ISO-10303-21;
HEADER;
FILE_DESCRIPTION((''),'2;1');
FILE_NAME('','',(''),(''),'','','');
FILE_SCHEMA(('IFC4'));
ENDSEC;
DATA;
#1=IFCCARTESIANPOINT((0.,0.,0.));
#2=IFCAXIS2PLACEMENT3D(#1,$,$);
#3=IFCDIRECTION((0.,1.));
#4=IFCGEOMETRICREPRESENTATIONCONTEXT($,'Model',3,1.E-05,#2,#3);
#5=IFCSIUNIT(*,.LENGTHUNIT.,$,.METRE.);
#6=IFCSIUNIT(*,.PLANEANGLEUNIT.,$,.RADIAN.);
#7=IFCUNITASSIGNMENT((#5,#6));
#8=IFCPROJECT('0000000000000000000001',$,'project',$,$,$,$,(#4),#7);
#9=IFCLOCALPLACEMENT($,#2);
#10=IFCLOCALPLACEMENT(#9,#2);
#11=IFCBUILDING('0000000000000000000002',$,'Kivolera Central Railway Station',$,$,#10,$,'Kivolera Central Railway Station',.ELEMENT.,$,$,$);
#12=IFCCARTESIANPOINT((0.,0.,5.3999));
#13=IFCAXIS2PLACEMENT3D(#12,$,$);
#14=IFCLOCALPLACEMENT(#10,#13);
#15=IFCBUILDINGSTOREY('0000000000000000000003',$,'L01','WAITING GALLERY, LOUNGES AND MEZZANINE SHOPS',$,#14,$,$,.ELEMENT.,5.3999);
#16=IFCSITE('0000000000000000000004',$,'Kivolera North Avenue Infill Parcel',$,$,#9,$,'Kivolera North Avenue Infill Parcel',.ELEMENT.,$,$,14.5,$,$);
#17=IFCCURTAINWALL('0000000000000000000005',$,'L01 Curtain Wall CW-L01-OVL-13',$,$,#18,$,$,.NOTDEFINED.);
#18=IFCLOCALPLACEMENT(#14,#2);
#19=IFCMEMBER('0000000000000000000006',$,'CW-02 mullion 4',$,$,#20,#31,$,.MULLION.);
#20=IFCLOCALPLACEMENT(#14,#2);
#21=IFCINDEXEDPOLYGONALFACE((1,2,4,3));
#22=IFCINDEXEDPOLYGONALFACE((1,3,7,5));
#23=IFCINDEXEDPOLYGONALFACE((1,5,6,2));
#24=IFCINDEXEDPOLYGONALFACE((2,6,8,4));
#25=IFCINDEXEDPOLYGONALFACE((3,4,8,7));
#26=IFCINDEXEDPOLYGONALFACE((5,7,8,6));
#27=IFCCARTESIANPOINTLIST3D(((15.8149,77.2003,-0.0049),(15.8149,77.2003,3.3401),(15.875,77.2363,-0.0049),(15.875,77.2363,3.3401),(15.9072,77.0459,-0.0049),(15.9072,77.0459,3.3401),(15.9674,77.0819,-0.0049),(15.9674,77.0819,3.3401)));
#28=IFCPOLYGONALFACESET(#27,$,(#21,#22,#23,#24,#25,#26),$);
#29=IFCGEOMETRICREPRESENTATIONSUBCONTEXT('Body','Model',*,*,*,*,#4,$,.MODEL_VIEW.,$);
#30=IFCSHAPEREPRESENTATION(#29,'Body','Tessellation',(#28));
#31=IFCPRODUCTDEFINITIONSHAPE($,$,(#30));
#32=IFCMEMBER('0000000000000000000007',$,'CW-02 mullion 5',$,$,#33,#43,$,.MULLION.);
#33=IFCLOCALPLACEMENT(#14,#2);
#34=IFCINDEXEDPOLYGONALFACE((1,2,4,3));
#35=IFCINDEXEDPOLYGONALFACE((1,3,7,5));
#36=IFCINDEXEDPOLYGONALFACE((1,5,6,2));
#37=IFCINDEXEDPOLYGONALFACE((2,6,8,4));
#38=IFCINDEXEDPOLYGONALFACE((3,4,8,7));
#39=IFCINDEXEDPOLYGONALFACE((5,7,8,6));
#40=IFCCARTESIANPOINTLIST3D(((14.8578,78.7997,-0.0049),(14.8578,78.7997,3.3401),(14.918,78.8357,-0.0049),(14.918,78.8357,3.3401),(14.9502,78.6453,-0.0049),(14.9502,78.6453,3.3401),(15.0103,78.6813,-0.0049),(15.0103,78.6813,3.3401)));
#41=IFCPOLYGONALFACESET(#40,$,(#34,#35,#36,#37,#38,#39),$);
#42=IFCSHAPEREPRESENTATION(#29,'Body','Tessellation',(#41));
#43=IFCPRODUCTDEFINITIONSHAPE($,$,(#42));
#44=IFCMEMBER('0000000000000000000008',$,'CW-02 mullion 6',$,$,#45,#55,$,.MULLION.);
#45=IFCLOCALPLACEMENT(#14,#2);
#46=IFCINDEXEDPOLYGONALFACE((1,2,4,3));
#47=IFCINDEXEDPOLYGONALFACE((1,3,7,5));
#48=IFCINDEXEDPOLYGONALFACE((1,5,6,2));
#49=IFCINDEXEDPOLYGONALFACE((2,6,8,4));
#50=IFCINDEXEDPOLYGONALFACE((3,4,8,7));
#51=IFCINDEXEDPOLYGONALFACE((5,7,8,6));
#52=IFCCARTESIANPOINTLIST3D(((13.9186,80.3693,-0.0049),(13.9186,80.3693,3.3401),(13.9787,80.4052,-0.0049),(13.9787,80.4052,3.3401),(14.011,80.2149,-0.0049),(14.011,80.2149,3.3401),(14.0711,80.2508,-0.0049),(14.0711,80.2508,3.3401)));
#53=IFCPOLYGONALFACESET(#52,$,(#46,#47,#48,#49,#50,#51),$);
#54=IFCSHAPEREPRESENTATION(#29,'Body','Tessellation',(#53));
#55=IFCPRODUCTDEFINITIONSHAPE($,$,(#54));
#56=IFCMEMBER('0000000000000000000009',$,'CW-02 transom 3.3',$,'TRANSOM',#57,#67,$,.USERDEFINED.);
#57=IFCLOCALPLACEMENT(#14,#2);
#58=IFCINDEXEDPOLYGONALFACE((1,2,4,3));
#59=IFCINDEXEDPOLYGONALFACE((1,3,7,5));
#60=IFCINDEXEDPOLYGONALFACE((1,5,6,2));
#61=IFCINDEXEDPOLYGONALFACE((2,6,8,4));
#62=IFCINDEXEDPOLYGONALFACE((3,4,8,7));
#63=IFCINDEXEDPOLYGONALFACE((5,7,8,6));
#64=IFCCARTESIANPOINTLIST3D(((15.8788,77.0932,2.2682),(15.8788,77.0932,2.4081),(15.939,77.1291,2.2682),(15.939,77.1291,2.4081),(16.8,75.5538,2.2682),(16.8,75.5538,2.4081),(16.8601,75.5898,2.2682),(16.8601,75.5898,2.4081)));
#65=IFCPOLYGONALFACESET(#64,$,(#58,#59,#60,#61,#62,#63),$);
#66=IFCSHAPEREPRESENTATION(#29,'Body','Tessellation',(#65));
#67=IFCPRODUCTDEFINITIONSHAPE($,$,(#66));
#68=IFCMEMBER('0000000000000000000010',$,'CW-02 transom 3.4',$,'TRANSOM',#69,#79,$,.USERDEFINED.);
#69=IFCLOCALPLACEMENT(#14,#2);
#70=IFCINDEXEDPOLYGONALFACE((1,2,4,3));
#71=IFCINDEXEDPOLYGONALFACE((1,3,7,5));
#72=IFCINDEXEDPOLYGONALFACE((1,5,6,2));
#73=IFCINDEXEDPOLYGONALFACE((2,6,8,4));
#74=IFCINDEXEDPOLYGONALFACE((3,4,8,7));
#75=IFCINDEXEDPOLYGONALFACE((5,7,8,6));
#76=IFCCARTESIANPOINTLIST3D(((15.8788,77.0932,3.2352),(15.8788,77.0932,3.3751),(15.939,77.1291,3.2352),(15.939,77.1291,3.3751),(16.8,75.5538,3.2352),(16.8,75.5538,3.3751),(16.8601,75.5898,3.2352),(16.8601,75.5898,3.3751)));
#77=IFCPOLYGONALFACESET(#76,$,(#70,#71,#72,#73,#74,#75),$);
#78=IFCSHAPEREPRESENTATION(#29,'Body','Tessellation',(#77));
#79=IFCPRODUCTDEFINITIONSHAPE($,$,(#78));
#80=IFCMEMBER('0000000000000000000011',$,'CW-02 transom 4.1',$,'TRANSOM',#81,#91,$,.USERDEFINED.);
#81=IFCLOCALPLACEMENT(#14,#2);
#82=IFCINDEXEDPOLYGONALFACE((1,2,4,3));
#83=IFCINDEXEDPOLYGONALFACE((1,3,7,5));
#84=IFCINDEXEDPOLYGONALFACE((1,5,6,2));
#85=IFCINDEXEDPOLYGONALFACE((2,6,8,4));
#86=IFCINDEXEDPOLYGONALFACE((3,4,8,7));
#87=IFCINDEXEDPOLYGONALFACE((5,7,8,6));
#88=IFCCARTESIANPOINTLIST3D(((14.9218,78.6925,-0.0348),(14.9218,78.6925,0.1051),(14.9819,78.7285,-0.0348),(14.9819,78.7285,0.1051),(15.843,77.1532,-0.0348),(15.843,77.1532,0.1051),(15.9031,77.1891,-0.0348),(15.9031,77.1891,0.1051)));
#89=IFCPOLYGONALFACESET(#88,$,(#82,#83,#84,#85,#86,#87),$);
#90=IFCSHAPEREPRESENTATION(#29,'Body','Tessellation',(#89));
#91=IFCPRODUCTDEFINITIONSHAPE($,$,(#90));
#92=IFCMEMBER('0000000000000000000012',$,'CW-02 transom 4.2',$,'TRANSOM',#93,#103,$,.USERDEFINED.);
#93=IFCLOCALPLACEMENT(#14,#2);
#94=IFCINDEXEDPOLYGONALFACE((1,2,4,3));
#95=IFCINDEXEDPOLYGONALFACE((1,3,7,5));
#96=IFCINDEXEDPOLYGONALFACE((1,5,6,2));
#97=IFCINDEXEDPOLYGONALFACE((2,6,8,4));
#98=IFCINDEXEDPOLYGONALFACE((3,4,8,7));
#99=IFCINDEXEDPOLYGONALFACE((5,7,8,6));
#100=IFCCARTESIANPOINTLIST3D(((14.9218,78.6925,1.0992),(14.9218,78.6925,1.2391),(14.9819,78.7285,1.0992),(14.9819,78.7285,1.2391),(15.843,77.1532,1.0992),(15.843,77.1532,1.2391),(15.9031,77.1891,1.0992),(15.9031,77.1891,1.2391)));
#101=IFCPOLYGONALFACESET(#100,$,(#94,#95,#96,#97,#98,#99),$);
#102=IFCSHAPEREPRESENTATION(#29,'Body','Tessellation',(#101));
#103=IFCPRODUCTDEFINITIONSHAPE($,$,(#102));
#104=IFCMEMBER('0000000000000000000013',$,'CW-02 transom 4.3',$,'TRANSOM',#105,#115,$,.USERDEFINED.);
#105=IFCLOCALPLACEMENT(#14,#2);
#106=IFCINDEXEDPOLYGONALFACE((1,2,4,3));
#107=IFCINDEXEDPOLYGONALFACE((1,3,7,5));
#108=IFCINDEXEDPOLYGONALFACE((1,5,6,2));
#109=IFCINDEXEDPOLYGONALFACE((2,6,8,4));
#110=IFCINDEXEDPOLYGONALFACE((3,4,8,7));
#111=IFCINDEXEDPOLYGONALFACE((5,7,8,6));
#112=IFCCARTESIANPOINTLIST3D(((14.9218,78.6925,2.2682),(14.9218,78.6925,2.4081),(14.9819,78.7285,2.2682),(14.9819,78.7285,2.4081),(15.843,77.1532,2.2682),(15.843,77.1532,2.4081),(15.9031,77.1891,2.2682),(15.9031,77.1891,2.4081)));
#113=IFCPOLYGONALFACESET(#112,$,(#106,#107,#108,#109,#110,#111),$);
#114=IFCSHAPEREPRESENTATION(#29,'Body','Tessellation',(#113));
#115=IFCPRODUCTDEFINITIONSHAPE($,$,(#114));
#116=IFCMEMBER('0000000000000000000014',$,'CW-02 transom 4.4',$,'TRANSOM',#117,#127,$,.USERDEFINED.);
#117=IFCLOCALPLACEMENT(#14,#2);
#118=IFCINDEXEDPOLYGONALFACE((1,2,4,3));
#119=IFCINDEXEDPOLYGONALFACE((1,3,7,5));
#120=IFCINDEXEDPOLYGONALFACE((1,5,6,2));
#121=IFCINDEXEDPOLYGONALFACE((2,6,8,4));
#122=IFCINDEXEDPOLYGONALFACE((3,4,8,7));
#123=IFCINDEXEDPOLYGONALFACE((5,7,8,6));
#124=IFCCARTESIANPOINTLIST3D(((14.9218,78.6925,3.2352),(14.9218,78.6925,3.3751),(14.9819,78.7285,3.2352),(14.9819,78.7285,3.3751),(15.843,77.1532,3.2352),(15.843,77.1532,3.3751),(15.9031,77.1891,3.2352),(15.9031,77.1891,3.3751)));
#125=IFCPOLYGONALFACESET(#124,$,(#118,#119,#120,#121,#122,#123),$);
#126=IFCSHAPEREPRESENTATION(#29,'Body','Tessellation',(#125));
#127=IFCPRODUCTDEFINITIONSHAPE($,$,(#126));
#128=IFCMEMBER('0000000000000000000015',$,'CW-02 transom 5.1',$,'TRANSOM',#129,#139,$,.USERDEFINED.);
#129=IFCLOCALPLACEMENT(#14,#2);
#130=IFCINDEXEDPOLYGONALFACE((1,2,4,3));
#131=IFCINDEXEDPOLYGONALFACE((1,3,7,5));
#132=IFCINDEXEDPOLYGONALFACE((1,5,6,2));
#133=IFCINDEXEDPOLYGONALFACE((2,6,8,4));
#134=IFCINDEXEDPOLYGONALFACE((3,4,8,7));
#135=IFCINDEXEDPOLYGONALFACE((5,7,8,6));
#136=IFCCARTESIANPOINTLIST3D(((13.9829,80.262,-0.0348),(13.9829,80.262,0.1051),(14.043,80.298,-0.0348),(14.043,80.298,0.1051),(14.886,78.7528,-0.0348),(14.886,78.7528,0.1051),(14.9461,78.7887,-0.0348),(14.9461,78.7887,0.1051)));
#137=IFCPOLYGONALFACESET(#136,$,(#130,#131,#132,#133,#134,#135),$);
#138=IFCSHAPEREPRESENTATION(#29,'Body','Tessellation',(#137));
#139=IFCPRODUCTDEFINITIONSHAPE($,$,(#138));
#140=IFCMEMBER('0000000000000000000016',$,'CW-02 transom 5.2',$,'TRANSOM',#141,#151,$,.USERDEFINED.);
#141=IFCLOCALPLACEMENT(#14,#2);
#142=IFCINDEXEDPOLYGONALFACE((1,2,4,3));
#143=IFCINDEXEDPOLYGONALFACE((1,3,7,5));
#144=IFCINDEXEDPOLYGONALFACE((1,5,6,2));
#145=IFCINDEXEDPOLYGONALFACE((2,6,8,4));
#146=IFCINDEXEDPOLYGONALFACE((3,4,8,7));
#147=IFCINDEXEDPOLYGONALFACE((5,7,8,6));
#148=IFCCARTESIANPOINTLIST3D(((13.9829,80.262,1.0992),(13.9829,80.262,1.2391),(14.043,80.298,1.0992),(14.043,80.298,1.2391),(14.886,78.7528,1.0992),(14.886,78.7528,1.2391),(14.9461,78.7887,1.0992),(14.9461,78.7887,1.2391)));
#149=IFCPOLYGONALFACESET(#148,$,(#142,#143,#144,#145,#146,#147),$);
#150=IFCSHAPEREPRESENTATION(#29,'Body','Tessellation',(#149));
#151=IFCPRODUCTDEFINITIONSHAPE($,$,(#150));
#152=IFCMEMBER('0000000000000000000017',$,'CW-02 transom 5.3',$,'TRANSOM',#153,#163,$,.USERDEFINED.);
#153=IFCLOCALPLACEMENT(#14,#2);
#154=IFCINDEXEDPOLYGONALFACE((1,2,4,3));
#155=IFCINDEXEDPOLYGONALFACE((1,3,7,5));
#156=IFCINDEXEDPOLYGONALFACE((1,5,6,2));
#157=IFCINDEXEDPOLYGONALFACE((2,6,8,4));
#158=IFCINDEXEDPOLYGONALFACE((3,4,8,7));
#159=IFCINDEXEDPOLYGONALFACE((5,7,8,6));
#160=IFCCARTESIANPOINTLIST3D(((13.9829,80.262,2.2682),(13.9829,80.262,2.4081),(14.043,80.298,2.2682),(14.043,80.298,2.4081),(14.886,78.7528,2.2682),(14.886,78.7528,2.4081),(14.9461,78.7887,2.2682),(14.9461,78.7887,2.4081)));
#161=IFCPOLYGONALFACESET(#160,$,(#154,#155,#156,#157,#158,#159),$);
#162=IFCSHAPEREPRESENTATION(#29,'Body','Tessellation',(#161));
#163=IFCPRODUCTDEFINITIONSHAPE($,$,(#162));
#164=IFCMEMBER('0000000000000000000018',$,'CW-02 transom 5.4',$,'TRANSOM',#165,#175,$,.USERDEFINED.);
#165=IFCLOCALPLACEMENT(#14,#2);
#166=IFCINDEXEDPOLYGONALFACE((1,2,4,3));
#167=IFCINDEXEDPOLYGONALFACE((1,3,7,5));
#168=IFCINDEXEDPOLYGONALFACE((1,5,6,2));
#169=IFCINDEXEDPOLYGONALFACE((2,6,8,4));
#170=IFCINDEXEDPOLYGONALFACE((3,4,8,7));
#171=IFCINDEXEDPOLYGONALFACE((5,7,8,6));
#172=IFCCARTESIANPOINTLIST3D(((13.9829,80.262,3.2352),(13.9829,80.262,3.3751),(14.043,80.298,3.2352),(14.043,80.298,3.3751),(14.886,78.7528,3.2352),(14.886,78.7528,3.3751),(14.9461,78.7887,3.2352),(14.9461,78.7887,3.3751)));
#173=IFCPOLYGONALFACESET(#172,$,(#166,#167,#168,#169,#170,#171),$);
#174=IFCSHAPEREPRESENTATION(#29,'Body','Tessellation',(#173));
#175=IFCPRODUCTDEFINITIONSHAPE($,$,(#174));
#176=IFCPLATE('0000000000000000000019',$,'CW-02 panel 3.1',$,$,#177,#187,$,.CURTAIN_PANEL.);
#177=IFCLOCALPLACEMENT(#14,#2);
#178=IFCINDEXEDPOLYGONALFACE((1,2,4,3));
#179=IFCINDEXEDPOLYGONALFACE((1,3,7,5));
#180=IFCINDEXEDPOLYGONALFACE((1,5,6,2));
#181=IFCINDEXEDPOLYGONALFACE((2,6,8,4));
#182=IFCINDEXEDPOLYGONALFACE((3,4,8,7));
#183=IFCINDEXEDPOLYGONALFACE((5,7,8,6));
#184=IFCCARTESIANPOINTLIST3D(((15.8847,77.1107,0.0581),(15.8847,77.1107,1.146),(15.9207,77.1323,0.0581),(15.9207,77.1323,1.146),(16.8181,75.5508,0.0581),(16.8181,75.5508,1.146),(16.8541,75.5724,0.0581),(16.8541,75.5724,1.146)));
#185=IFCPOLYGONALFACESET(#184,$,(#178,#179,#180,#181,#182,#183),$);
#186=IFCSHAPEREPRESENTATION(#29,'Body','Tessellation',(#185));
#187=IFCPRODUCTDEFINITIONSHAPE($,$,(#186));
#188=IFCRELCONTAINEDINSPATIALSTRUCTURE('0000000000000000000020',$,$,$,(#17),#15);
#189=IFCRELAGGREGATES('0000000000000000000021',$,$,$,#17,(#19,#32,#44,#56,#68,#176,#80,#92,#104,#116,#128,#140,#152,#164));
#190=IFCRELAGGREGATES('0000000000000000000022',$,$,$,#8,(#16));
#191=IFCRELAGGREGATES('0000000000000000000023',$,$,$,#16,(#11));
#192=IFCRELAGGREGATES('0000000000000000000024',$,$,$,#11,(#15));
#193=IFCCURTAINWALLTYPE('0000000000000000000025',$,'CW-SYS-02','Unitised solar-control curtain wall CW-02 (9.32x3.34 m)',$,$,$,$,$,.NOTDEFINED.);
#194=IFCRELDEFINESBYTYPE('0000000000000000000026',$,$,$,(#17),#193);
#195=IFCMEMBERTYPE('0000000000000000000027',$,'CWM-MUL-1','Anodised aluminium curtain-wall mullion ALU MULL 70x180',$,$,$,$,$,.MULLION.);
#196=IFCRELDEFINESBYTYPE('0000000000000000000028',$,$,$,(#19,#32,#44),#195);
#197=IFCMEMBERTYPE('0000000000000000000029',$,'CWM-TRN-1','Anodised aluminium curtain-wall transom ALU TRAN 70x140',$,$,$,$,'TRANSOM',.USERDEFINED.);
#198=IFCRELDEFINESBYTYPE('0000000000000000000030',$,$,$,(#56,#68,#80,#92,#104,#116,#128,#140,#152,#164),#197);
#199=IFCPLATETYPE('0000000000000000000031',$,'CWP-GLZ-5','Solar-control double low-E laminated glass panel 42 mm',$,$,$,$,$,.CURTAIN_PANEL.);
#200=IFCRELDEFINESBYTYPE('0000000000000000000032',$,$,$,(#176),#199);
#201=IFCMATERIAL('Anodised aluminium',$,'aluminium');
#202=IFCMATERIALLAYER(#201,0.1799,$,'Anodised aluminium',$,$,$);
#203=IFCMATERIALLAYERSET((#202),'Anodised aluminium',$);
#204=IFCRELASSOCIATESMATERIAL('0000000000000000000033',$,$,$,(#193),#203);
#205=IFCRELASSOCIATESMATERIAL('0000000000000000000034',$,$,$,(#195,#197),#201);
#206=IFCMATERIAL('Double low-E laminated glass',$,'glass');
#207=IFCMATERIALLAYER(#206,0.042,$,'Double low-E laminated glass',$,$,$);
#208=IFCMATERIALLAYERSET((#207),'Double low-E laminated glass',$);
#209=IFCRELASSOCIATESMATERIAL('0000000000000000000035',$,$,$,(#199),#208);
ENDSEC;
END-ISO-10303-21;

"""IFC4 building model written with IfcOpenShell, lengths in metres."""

from ifc_helpers import new_model, si_unit, direction, frame, origin, origin_2d, place, context, subcontext, project, spatial, rectangle, extrude, material, layer, layer_set, material_profile, profile_set, type_object, element, aggregate, save


model = new_model("IFC4")

# Units and contexts
model_context = context("Model", 3, precision=1e-05, world=origin(), true_north=direction((0.0, 1.0)))
body_context = subcontext(model_context, "Body", "Model", "MODEL_VIEW")
ifc_project = project(units=[si_unit("LENGTHUNIT", "METRE"), si_unit("PLANEANGLEUNIT", "RADIAN")], contexts=[model_context])

# Site, building, storey
site_placement = place(None, origin())
site = spatial("IfcSite", under=ifc_project, at=site_placement, Name="Kivolera North Avenue Infill Parcel", LongName="Kivolera North Avenue Infill Parcel", CompositionType="ELEMENT", RefElevation=14.5)
building_placement = place(site_placement, origin())
building = spatial("IfcBuilding", under=site, at=building_placement, Name="Kivolera Central Railway Station", LongName="Kivolera Central Railway Station", CompositionType="ELEMENT")
storey_placement = place(building_placement, frame((0.0, 0.0, 5.3999)))
storey = spatial("IfcBuildingStorey", under=building, at=storey_placement, Name="L01", Description="WAITING GALLERY, LOUNGES AND MEZZANINE SHOPS", CompositionType="ELEMENT", Elevation=5.3999)

# Curtain wall, members, plate
ifc_material_1 = material(Name="Anodised aluminium", Category="aluminium")
ifc_layer_1 = layer(ifc_material_1, 0.1799, Name="Anodised aluminium")
ifc_layer_set_1 = layer_set([ifc_layer_1], Name="Anodised aluminium")
curtain_wall_type = type_object("IfcCurtainWallType", Name="CW-SYS-02", Description="Unitised solar-control curtain wall CW-02 (9.32x3.34 m)", PredefinedType="NOTDEFINED", material=ifc_layer_set_1)
curtain_wall_placement = place(storey_placement, origin())
curtain_wall = element("IfcCurtainWall", 1, at=curtain_wall_placement, inside=storey, type_object=curtain_wall_type, Name="L01 Curtain Wall CW-L01-OVL-13", PredefinedType="NOTDEFINED")
ifc_material_profile_1 = material_profile(ifc_material_1, rectangle(XDim=0.0701, YDim=0.1799, at=origin_2d()), Name="ALU MULL 70x180")
ifc_profile_set_1 = profile_set([ifc_material_profile_1], Name="Anodised aluminium")
member_type_1 = type_object("IfcMemberType", Name="CWM-MUL-1", Description="Anodised aluminium curtain-wall mullion ALU MULL 70x180", PredefinedType="MULLION", material=ifc_profile_set_1)
member_1_placement = place(storey_placement, frame((15.8911, 77.1411, -0.0049), z_axis=(0.0, 0.0, 1.0), x_axis=(-0.858117, -0.513454, 0.0)))
member_1 = element("IfcMember", 2, at=member_1_placement, type_object=member_type_1, Name="CW-02 mullion 4", PredefinedType="MULLION", context=body_context, shape_type="SweptSolid", body=[
    extrude(rectangle(XDim=0.0701, YDim=0.1799, at=origin_2d()), origin(), (0.0, 0.0, 1.0), 3.345),
])
member_2_placement = place(storey_placement, frame((14.9341, 78.7405, -0.0049), z_axis=(0.0, 0.0, 1.0), x_axis=(-0.858117, -0.513454, 0.0)))
member_2 = element("IfcMember", 3, at=member_2_placement, type_object=member_type_1, Name="CW-02 mullion 5", PredefinedType="MULLION", context=body_context, shape_type="SweptSolid", body=[
    extrude(rectangle(XDim=0.0701, YDim=0.1799, at=origin_2d()), origin(), (0.0, 0.0, 1.0), 3.345),
])
member_3_placement = place(storey_placement, frame((13.9949, 80.3101, -0.0049), z_axis=(0.0, 0.0, 1.0), x_axis=(-0.858117, -0.513454, 0.0)))
member_3 = element("IfcMember", 4, at=member_3_placement, type_object=member_type_1, Name="CW-02 mullion 6", PredefinedType="MULLION", context=body_context, shape_type="SweptSolid", body=[
    extrude(rectangle(XDim=0.0701, YDim=0.1799, at=origin_2d()), origin(), (0.0, 0.0, 1.0), 3.345),
])
ifc_material_profile_2 = material_profile(ifc_material_1, rectangle(XDim=0.0701, YDim=0.1399, at=origin_2d()), Name="ALU TRAN 70x140")
ifc_profile_set_2 = profile_set([ifc_material_profile_2], Name="Anodised aluminium")
member_type_2 = type_object("IfcMemberType", Name="CWM-TRN-1", Description="Anodised aluminium curtain-wall transom ALU TRAN 70x140", ElementType="TRANSOM", PredefinedType="USERDEFINED", material=ifc_profile_set_2)
member_4_placement = place(storey_placement, frame((16.8301, 75.5718, 2.3381), z_axis=(-0.513495, 0.858093, 0.0), x_axis=(-0.858093, -0.513495, 0.0)))
member_4 = element("IfcMember", 5, at=member_4_placement, type_object=member_type_2, Name="CW-02 transom 3.3", ObjectType="TRANSOM", PredefinedType="USERDEFINED", context=body_context, shape_type="SweptSolid", body=[
    extrude(rectangle(XDim=0.0701, YDim=0.1399, at=origin_2d()), origin(), (0.0, 0.0, 1.0), 1.7939),
])
member_5_placement = place(storey_placement, frame((16.8301, 75.5718, 3.3052), z_axis=(-0.513495, 0.858093, 0.0), x_axis=(-0.858093, -0.513495, 0.0)))
member_5 = element("IfcMember", 6, at=member_5_placement, type_object=member_type_2, Name="CW-02 transom 3.4", ObjectType="TRANSOM", PredefinedType="USERDEFINED", context=body_context, shape_type="SweptSolid", body=[
    extrude(rectangle(XDim=0.0701, YDim=0.1399, at=origin_2d()), origin(), (0.0, 0.0, 1.0), 1.7939),
])
member_6_placement = place(storey_placement, frame((15.873, 77.1711, 0.0352), z_axis=(-0.513495, 0.858093, 0.0), x_axis=(-0.858093, -0.513495, 0.0)))
member_6 = element("IfcMember", 7, at=member_6_placement, type_object=member_type_2, Name="CW-02 transom 4.1", ObjectType="TRANSOM", PredefinedType="USERDEFINED", context=body_context, shape_type="SweptSolid", body=[
    extrude(rectangle(XDim=0.0701, YDim=0.1399, at=origin_2d()), origin(), (0.0, 0.0, 1.0), 1.7939),
])
member_7_placement = place(storey_placement, frame((15.873, 77.1711, 1.1692), z_axis=(-0.513495, 0.858093, 0.0), x_axis=(-0.858093, -0.513495, 0.0)))
member_7 = element("IfcMember", 8, at=member_7_placement, type_object=member_type_2, Name="CW-02 transom 4.2", ObjectType="TRANSOM", PredefinedType="USERDEFINED", context=body_context, shape_type="SweptSolid", body=[
    extrude(rectangle(XDim=0.0701, YDim=0.1399, at=origin_2d()), origin(), (0.0, 0.0, 1.0), 1.7939),
])
member_8_placement = place(storey_placement, frame((15.873, 77.1711, 2.3381), z_axis=(-0.513495, 0.858093, 0.0), x_axis=(-0.858093, -0.513495, 0.0)))
member_8 = element("IfcMember", 9, at=member_8_placement, type_object=member_type_2, Name="CW-02 transom 4.3", ObjectType="TRANSOM", PredefinedType="USERDEFINED", context=body_context, shape_type="SweptSolid", body=[
    extrude(rectangle(XDim=0.0701, YDim=0.1399, at=origin_2d()), origin(), (0.0, 0.0, 1.0), 1.7939),
])
member_9_placement = place(storey_placement, frame((15.873, 77.1711, 3.3052), z_axis=(-0.513495, 0.858093, 0.0), x_axis=(-0.858093, -0.513495, 0.0)))
member_9 = element("IfcMember", 10, at=member_9_placement, type_object=member_type_2, Name="CW-02 transom 4.4", ObjectType="TRANSOM", PredefinedType="USERDEFINED", context=body_context, shape_type="SweptSolid", body=[
    extrude(rectangle(XDim=0.0701, YDim=0.1399, at=origin_2d()), origin(), (0.0, 0.0, 1.0), 1.7939),
])
member_10_placement = place(storey_placement, frame((14.916, 78.7708, 0.0352), z_axis=(-0.513454, 0.858117, 0.0), x_axis=(-0.858117, -0.513454, 0.0)))
member_10 = element("IfcMember", 11, at=member_10_placement, type_object=member_type_2, Name="CW-02 transom 5.1", ObjectType="TRANSOM", PredefinedType="USERDEFINED", context=body_context, shape_type="SweptSolid", body=[
    extrude(rectangle(XDim=0.0701, YDim=0.1399, at=origin_2d()), origin(), (0.0, 0.0, 1.0), 1.7588),
])
member_11_placement = place(storey_placement, frame((14.916, 78.7708, 1.1692), z_axis=(-0.513454, 0.858117, 0.0), x_axis=(-0.858117, -0.513454, 0.0)))
member_11 = element("IfcMember", 12, at=member_11_placement, type_object=member_type_2, Name="CW-02 transom 5.2", ObjectType="TRANSOM", PredefinedType="USERDEFINED", context=body_context, shape_type="SweptSolid", body=[
    extrude(rectangle(XDim=0.0701, YDim=0.1399, at=origin_2d()), origin(), (0.0, 0.0, 1.0), 1.7588),
])
member_12_placement = place(storey_placement, frame((14.916, 78.7708, 2.3381), z_axis=(-0.513454, 0.858117, 0.0), x_axis=(-0.858117, -0.513454, 0.0)))
member_12 = element("IfcMember", 13, at=member_12_placement, type_object=member_type_2, Name="CW-02 transom 5.3", ObjectType="TRANSOM", PredefinedType="USERDEFINED", context=body_context, shape_type="SweptSolid", body=[
    extrude(rectangle(XDim=0.0701, YDim=0.1399, at=origin_2d()), origin(), (0.0, 0.0, 1.0), 1.7588),
])
member_13_placement = place(storey_placement, frame((14.916, 78.7708, 3.3052), z_axis=(-0.513454, 0.858117, 0.0), x_axis=(-0.858117, -0.513454, 0.0)))
member_13 = element("IfcMember", 14, at=member_13_placement, type_object=member_type_2, Name="CW-02 transom 5.4", ObjectType="TRANSOM", PredefinedType="USERDEFINED", context=body_context, shape_type="SweptSolid", body=[
    extrude(rectangle(XDim=0.0701, YDim=0.1399, at=origin_2d()), origin(), (0.0, 0.0, 1.0), 1.7588),
])
ifc_material_2 = material(Name="Double low-E laminated glass", Category="glass")
ifc_layer_2 = layer(ifc_material_2, 0.042, Name="Double low-E laminated glass")
ifc_layer_set_2 = layer_set([ifc_layer_2], Name="Double low-E laminated glass")
plate_type = type_object("IfcPlateType", Name="CWP-GLZ-5", Description="Solar-control double low-E laminated glass panel 42 mm", PredefinedType="CURTAIN_PANEL", material=ifc_layer_set_2)
plate_1_placement = place(storey_placement, frame((16.3694, 76.3416, 0.0581), z_axis=(0.0, 0.0, 1.0), x_axis=(-0.513454, 0.858117, 0.0)))
plate_1 = element("IfcPlate", 15, at=plate_1_placement, type_object=plate_type, Name="CW-02 panel 3.1", PredefinedType="CURTAIN_PANEL", context=body_context, shape_type="SweptSolid", body=[
    extrude(rectangle(XDim=1.8179, YDim=0.042, at=origin_2d()), origin(), (0.0, 0.0, 1.0), 1.0879),
])
aggregate(curtain_wall, [member_1, member_2, member_3, member_4, member_5, plate_1, member_6, member_7, member_8, member_9, member_10, member_11, member_12, member_13])

save(model, "model.ifc")
